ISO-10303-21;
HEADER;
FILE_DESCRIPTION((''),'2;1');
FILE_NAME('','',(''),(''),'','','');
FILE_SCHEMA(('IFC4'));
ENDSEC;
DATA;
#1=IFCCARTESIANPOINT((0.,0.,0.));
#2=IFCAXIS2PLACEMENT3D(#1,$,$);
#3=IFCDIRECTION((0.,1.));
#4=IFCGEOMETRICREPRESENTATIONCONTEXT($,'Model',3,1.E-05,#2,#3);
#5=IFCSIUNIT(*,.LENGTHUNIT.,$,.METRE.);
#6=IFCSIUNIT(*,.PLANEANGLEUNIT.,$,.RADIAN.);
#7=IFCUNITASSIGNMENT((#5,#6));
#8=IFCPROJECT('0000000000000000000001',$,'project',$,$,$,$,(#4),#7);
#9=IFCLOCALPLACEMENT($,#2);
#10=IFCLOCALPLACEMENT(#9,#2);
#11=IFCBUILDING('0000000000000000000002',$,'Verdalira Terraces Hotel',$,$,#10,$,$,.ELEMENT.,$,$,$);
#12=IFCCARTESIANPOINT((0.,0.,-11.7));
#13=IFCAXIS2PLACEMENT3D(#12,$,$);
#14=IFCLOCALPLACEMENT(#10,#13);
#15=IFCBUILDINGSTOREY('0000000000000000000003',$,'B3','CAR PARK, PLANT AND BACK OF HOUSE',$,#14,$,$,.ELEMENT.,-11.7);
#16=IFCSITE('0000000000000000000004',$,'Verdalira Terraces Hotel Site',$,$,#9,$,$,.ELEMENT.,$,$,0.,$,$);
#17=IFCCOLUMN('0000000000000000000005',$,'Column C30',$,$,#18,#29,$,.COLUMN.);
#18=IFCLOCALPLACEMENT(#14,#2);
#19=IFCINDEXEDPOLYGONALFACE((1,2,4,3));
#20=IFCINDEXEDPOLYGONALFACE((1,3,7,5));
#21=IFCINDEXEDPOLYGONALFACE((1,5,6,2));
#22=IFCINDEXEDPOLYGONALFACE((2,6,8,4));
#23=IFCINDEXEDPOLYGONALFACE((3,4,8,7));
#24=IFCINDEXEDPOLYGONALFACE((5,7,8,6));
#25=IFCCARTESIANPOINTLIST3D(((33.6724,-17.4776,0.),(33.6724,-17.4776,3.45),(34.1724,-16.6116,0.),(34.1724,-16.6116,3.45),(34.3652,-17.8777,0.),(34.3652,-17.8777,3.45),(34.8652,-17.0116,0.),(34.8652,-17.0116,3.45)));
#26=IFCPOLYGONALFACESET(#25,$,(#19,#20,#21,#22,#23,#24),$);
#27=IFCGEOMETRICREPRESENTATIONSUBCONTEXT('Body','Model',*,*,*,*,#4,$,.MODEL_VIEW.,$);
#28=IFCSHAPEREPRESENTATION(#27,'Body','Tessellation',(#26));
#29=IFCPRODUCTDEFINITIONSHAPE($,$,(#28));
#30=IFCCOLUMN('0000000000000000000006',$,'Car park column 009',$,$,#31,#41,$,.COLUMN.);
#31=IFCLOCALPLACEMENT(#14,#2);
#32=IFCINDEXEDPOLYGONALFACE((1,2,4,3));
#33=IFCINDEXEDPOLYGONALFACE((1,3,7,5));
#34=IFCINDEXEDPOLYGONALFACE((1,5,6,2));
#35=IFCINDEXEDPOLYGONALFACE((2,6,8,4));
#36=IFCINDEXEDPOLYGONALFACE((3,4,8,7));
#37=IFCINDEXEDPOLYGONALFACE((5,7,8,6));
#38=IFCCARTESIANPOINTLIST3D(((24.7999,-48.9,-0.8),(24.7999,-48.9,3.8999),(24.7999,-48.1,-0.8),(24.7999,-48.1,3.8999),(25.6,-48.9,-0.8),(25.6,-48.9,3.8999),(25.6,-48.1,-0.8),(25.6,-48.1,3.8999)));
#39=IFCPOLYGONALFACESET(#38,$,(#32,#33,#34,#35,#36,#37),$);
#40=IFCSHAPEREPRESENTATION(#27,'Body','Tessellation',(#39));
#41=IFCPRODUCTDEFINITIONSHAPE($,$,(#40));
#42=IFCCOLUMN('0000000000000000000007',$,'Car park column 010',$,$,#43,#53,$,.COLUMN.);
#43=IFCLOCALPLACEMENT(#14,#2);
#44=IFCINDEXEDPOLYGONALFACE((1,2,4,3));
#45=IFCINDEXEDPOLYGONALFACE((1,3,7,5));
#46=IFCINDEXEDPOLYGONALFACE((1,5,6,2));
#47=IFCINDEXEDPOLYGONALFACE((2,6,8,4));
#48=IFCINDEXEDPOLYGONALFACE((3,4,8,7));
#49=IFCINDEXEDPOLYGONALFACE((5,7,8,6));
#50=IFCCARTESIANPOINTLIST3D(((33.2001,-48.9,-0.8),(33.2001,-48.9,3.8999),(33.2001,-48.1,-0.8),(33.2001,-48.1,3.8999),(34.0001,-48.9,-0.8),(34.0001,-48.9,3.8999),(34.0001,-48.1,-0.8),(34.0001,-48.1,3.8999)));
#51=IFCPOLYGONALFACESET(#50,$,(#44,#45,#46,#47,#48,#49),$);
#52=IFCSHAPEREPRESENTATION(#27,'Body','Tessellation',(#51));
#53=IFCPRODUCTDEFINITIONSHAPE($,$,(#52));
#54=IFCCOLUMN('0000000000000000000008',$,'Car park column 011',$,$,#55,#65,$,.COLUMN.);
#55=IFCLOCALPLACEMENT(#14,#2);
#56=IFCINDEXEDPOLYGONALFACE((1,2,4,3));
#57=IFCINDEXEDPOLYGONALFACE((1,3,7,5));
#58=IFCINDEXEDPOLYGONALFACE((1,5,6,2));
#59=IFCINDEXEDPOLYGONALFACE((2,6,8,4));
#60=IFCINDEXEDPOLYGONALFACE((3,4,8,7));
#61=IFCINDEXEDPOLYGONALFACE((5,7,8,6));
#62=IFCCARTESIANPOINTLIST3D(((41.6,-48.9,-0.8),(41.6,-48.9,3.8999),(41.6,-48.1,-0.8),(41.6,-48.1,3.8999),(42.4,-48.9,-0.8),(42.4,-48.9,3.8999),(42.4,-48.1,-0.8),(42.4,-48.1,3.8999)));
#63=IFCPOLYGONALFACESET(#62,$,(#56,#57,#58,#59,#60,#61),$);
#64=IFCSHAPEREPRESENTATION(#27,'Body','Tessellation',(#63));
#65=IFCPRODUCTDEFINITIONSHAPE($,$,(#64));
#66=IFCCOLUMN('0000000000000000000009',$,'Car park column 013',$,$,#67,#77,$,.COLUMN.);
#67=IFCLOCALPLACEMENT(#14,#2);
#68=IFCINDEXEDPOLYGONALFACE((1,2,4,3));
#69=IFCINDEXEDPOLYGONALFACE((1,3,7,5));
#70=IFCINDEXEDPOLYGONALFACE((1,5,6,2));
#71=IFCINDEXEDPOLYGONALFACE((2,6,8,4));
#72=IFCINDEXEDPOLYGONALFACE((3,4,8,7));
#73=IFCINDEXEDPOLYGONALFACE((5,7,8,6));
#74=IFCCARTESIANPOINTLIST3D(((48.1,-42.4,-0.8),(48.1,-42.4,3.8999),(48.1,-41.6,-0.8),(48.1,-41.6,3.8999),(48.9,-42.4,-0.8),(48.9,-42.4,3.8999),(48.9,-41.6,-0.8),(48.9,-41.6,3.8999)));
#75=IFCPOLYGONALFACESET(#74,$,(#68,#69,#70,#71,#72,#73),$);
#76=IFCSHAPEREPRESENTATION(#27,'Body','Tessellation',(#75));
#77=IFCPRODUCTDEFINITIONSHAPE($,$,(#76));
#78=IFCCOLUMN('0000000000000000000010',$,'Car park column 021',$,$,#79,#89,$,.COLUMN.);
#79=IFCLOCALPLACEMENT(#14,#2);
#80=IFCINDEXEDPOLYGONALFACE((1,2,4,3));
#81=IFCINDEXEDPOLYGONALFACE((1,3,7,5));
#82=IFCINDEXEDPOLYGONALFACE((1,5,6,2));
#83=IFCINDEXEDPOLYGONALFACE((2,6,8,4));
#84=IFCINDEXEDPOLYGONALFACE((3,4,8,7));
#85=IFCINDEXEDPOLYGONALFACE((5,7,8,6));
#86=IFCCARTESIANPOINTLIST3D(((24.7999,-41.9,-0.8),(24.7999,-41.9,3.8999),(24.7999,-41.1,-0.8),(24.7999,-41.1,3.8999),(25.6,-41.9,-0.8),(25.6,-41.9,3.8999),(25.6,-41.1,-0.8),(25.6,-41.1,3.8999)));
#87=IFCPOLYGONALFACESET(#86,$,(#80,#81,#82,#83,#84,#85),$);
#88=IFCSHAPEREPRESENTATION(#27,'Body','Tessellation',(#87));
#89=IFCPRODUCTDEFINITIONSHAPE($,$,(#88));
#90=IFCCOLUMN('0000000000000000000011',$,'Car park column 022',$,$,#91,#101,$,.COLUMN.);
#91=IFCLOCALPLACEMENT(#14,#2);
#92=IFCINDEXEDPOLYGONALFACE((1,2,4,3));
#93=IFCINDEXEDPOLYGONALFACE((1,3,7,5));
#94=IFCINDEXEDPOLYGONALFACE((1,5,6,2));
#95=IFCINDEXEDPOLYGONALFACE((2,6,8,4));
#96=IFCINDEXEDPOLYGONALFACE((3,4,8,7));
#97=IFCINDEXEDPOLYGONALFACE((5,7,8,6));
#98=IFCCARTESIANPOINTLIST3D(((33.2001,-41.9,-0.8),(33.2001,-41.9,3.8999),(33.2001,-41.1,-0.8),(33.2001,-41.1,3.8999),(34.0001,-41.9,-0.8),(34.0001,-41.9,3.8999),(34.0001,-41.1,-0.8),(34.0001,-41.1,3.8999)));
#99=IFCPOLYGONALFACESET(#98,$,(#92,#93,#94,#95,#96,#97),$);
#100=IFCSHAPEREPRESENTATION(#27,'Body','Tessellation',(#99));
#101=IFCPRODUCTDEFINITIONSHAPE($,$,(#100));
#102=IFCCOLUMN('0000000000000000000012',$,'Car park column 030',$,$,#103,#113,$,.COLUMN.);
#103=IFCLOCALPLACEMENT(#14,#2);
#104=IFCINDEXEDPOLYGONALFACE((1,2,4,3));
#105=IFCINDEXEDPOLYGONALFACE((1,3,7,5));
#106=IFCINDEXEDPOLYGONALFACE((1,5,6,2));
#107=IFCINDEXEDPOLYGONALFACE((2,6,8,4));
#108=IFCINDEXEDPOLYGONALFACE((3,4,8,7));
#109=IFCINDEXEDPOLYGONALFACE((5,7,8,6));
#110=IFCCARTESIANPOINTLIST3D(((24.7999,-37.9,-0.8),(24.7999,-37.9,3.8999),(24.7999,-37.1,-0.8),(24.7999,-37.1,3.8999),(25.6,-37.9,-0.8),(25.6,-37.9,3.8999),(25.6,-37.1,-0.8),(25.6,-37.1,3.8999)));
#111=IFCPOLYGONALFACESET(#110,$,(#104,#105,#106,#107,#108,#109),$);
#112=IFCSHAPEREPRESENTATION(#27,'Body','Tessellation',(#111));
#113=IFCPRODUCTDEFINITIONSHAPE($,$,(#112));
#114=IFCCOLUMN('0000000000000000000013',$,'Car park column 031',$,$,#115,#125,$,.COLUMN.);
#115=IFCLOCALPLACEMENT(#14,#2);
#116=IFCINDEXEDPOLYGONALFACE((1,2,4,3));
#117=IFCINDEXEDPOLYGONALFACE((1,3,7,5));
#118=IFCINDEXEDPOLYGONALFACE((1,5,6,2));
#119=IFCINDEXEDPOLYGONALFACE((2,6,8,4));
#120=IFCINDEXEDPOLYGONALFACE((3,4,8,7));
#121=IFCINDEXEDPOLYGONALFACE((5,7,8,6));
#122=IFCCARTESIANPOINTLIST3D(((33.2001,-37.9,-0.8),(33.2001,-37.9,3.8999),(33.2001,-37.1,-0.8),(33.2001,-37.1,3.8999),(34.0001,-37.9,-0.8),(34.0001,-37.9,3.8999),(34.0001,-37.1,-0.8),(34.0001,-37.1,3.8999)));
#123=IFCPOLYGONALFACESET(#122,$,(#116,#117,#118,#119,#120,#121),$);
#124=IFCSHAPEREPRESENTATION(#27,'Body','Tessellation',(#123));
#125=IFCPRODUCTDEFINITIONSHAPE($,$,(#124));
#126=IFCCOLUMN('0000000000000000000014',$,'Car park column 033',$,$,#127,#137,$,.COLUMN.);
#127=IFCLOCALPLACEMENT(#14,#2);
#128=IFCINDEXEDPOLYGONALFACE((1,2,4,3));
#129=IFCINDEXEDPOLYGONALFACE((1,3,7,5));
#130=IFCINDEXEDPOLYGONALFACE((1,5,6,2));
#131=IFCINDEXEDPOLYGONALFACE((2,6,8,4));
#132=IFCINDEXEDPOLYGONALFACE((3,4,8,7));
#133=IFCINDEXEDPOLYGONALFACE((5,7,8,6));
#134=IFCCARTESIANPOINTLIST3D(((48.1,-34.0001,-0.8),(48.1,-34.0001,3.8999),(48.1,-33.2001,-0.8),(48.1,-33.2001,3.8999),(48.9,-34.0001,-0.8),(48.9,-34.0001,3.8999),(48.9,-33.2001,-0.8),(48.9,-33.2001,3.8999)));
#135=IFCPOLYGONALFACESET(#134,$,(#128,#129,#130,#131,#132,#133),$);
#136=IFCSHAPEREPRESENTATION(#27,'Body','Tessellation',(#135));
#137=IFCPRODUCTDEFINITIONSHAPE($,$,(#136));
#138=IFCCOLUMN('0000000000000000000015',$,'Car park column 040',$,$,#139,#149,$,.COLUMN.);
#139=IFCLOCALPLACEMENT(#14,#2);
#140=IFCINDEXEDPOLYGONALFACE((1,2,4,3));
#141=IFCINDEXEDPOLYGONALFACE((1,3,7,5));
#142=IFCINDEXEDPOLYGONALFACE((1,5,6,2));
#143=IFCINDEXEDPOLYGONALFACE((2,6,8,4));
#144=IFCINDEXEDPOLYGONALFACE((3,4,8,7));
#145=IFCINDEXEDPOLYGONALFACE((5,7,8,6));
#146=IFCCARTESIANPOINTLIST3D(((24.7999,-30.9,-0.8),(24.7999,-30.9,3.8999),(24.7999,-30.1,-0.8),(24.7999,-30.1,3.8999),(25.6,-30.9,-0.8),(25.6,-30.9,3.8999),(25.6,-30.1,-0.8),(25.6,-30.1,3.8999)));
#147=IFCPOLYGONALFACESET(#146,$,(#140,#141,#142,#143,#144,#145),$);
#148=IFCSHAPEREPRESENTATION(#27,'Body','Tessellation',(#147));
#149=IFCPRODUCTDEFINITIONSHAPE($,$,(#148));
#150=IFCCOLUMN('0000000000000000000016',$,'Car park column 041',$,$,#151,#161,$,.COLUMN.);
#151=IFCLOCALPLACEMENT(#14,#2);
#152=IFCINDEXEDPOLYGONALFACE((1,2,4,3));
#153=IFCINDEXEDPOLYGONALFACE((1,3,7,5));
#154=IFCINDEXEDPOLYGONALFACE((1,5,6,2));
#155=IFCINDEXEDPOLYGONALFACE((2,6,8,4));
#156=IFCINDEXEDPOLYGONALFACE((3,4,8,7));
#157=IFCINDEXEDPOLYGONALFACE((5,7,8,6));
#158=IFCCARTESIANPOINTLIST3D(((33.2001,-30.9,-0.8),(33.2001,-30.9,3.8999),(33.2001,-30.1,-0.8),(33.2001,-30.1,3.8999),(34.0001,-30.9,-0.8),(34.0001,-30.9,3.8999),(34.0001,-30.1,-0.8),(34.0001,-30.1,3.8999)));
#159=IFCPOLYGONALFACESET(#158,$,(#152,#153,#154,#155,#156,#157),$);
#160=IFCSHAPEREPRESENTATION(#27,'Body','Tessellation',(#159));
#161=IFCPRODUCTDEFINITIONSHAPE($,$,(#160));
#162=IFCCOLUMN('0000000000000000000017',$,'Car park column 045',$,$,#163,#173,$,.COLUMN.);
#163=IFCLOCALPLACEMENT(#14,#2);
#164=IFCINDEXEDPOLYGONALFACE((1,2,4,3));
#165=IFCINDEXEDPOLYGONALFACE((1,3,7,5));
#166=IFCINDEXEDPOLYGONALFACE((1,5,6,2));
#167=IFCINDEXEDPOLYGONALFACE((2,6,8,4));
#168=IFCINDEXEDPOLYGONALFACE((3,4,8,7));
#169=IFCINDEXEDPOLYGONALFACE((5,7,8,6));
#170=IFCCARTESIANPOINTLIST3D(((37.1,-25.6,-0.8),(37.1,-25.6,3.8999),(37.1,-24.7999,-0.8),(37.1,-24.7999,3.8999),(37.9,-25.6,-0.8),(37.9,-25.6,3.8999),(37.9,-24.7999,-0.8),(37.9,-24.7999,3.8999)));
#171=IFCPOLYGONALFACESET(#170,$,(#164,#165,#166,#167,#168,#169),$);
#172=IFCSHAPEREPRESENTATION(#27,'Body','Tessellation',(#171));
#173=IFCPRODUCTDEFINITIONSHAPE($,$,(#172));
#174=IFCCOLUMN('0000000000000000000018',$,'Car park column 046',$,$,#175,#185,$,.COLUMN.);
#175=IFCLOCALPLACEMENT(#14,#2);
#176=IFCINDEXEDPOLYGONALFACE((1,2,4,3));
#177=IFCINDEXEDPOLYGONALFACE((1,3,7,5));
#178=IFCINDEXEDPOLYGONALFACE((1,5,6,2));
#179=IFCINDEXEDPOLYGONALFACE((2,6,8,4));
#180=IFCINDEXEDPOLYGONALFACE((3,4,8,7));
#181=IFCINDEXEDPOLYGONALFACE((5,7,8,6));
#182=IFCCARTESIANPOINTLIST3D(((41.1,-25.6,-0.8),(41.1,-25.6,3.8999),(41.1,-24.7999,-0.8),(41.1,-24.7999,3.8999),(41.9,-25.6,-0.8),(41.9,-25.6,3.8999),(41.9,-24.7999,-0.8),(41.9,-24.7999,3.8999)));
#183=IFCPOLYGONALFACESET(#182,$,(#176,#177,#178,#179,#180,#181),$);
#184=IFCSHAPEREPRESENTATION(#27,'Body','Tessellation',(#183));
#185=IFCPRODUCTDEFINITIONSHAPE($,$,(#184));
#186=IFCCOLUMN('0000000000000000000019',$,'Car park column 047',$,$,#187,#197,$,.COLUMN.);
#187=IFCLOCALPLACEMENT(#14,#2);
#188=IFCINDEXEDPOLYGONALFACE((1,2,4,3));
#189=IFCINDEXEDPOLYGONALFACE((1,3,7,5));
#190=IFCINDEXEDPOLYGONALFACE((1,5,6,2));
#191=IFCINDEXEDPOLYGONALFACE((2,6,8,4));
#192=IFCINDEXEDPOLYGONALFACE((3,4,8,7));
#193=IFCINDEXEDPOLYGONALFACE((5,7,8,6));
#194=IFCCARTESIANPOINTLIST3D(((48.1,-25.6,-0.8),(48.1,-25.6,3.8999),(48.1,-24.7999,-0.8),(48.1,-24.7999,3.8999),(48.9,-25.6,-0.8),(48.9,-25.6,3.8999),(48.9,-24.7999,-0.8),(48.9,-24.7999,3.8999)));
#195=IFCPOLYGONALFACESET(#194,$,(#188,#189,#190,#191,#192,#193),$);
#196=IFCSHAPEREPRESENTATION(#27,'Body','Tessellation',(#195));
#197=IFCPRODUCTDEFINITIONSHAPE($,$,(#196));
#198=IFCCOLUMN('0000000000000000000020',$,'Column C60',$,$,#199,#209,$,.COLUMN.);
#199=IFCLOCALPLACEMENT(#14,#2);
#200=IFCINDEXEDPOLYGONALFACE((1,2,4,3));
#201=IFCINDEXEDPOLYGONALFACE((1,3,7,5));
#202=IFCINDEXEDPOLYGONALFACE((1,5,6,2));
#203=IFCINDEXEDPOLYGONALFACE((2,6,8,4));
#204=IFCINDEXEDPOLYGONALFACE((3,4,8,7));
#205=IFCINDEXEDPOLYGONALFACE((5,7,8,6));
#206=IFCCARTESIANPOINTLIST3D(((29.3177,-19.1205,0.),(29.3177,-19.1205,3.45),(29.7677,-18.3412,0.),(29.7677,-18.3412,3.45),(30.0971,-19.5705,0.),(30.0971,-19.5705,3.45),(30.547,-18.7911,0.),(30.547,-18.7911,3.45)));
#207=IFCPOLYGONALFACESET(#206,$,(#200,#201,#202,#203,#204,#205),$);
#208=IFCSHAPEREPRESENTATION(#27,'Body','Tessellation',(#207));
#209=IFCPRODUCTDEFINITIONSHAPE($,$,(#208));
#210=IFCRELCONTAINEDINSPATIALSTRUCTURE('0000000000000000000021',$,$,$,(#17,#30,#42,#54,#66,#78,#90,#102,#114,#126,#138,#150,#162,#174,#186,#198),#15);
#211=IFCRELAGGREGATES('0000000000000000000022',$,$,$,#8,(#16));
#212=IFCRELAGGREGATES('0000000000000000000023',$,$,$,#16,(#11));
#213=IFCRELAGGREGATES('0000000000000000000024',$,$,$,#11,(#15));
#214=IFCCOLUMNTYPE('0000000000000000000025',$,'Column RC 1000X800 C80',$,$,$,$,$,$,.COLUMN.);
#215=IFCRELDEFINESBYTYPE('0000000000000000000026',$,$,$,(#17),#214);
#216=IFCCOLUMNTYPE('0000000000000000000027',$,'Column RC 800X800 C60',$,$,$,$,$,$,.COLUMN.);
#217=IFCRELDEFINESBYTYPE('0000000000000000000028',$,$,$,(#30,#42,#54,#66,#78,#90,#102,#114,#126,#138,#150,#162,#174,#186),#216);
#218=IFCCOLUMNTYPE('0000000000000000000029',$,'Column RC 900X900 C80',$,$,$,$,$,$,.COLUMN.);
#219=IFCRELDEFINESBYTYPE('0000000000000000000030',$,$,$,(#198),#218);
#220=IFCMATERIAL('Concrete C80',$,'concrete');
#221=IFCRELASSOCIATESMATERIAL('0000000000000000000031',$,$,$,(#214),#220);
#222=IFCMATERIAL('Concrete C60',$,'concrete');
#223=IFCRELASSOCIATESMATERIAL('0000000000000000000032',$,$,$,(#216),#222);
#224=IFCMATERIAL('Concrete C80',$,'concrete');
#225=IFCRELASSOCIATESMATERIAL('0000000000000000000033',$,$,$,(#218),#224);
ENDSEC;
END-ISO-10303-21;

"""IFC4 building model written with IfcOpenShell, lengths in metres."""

from ifc_helpers import new_model, si_unit, direction, frame, origin, origin_2d, place, context, subcontext, project, spatial, rectangle, extrude, material, material_profile, profile_set, type_object, element, save


model = new_model("IFC4")

# Units and contexts
model_context = context("Model", 3, precision=1e-05, world=origin(), true_north=direction((0.0, 1.0)))
body_context = subcontext(model_context, "Body", "Model", "MODEL_VIEW")
ifc_project = project(units=[si_unit("LENGTHUNIT", "METRE"), si_unit("PLANEANGLEUNIT", "RADIAN")], contexts=[model_context])

# Site, building, storey
site_placement = place(None, origin())
site = spatial("IfcSite", under=ifc_project, at=site_placement, Name="Verdalira Terraces Hotel Site", CompositionType="ELEMENT", RefElevation=0.0)
building_placement = place(site_placement, origin())
building = spatial("IfcBuilding", under=site, at=building_placement, Name="Verdalira Terraces Hotel", CompositionType="ELEMENT")
storey_placement = place(building_placement, frame((0.0, 0.0, -11.7)))
storey = spatial("IfcBuildingStorey", under=building, at=storey_placement, Name="B3", Description="CAR PARK, PLANT AND BACK OF HOUSE", CompositionType="ELEMENT", Elevation=-11.7)

# Columns
ifc_material_1 = material(Name="Concrete C80", Category="concrete")
ifc_material_profile_1 = material_profile(ifc_material_1, rectangle(XDim=1.0, YDim=0.8, at=origin_2d()), Name="RC 1000X800")
ifc_profile_set_1 = profile_set([ifc_material_profile_1], Name="Concrete C80")
column_type_1 = type_object("IfcColumnType", Name="Column RC 1000X800 C80", PredefinedType="COLUMN", material=ifc_profile_set_1)
for number, where, z_axis, x_axis, name in (
    (1, (34.2688, -17.2446, 0.0), (0.0, 0.0, 1.0), (0.5, 0.866025, 0.0), "Column C30"),
):
    element("IfcColumn", number, at=place(storey_placement, frame(where, z_axis=z_axis, x_axis=x_axis)), inside=storey, type_object=column_type_1, Name=name, PredefinedType="COLUMN", context=body_context, shape_type="SweptSolid", body=[
        extrude(rectangle(XDim=1.0, YDim=0.8, at=origin_2d()), origin(), (0.0, 0.0, 1.0), 3.45),
    ])
ifc_material_2 = material(Name="Concrete C60", Category="concrete")
ifc_material_profile_2 = material_profile(ifc_material_2, rectangle(XDim=0.8, YDim=0.8, at=origin_2d()), Name="RC 800X800")
ifc_profile_set_2 = profile_set([ifc_material_profile_2], Name="Concrete C60")
column_type_2 = type_object("IfcColumnType", Name="Column RC 800X800 C60", PredefinedType="COLUMN", material=ifc_profile_set_2)
for number, where, z_axis, x_axis, name in (
    (2, (25.2, -48.5, -0.8), (0.0, 0.0, 1.0), (1.0, 0.0, 0.0), "Car park column 009"),
    (3, (33.6001, -48.5, -0.8), (0.0, 0.0, 1.0), (1.0, 0.0, 0.0), "Car park column 010"),
    (4, (42.0, -48.5, -0.8), (0.0, 0.0, 1.0), (1.0, 0.0, 0.0), "Car park column 011"),
    (5, (48.5, -42.0, -0.8), (0.0, 0.0, 1.0), (1.0, 0.0, 0.0), "Car park column 013"),
    (6, (25.2, -41.5, -0.8), (0.0, 0.0, 1.0), (1.0, 0.0, 0.0), "Car park column 021"),
    (7, (33.6001, -41.5, -0.8), (0.0, 0.0, 1.0), (1.0, 0.0, 0.0), "Car park column 022"),
    (8, (25.2, -37.5, -0.8), (0.0, 0.0, 1.0), (1.0, 0.0, 0.0), "Car park column 030"),
    (9, (33.6001, -37.5, -0.8), (0.0, 0.0, 1.0), (1.0, 0.0, 0.0), "Car park column 031"),
    (10, (48.5, -33.6001, -0.8), (0.0, 0.0, 1.0), (1.0, 0.0, 0.0), "Car park column 033"),
    (11, (25.2, -30.5, -0.8), (0.0, 0.0, 1.0), (1.0, 0.0, 0.0), "Car park column 040"),
    (12, (33.6001, -30.5, -0.8), (0.0, 0.0, 1.0), (1.0, 0.0, 0.0), "Car park column 041"),
    (13, (37.5, -25.2, -0.8), (0.0, 0.0, 1.0), (1.0, 0.0, 0.0), "Car park column 045"),
    (14, (41.5, -25.2, -0.8), (0.0, 0.0, 1.0), (1.0, 0.0, 0.0), "Car park column 046"),
    (15, (48.5, -25.2, -0.8), (0.0, 0.0, 1.0), (1.0, 0.0, 0.0), "Car park column 047"),
):
    element("IfcColumn", number, at=place(storey_placement, frame(where, z_axis=z_axis, x_axis=x_axis)), inside=storey, type_object=column_type_2, Name=name, PredefinedType="COLUMN", context=body_context, shape_type="SweptSolid", body=[
        extrude(rectangle(XDim=0.8, YDim=0.8, at=origin_2d()), origin(), (0.0, 0.0, 1.0), 4.7),
    ])
ifc_material_3 = material(Name="Concrete C80", Category="concrete")
ifc_material_profile_3 = material_profile(ifc_material_3, rectangle(XDim=0.8999, YDim=0.8999, at=origin_2d()), Name="RC 900X900")
ifc_profile_set_3 = profile_set([ifc_material_profile_3], Name="Concrete C80")
column_type_3 = type_object("IfcColumnType", Name="Column RC 900X900 C80", PredefinedType="COLUMN", material=ifc_profile_set_3)
column_placement = place(storey_placement, frame((29.9324, -18.9558, 0.0), z_axis=(0.0, 0.0, 1.0), x_axis=(0.866025, -0.5, 0.0)))
element("IfcColumn", 16, at=column_placement, inside=storey, type_object=column_type_3, Name="Column C60", PredefinedType="COLUMN", context=body_context, shape_type="SweptSolid", body=[
    extrude(rectangle(XDim=0.8999, YDim=0.8999, at=origin_2d()), origin(), (0.0, 0.0, 1.0), 3.45),
])

save(model, "model.ifc")
